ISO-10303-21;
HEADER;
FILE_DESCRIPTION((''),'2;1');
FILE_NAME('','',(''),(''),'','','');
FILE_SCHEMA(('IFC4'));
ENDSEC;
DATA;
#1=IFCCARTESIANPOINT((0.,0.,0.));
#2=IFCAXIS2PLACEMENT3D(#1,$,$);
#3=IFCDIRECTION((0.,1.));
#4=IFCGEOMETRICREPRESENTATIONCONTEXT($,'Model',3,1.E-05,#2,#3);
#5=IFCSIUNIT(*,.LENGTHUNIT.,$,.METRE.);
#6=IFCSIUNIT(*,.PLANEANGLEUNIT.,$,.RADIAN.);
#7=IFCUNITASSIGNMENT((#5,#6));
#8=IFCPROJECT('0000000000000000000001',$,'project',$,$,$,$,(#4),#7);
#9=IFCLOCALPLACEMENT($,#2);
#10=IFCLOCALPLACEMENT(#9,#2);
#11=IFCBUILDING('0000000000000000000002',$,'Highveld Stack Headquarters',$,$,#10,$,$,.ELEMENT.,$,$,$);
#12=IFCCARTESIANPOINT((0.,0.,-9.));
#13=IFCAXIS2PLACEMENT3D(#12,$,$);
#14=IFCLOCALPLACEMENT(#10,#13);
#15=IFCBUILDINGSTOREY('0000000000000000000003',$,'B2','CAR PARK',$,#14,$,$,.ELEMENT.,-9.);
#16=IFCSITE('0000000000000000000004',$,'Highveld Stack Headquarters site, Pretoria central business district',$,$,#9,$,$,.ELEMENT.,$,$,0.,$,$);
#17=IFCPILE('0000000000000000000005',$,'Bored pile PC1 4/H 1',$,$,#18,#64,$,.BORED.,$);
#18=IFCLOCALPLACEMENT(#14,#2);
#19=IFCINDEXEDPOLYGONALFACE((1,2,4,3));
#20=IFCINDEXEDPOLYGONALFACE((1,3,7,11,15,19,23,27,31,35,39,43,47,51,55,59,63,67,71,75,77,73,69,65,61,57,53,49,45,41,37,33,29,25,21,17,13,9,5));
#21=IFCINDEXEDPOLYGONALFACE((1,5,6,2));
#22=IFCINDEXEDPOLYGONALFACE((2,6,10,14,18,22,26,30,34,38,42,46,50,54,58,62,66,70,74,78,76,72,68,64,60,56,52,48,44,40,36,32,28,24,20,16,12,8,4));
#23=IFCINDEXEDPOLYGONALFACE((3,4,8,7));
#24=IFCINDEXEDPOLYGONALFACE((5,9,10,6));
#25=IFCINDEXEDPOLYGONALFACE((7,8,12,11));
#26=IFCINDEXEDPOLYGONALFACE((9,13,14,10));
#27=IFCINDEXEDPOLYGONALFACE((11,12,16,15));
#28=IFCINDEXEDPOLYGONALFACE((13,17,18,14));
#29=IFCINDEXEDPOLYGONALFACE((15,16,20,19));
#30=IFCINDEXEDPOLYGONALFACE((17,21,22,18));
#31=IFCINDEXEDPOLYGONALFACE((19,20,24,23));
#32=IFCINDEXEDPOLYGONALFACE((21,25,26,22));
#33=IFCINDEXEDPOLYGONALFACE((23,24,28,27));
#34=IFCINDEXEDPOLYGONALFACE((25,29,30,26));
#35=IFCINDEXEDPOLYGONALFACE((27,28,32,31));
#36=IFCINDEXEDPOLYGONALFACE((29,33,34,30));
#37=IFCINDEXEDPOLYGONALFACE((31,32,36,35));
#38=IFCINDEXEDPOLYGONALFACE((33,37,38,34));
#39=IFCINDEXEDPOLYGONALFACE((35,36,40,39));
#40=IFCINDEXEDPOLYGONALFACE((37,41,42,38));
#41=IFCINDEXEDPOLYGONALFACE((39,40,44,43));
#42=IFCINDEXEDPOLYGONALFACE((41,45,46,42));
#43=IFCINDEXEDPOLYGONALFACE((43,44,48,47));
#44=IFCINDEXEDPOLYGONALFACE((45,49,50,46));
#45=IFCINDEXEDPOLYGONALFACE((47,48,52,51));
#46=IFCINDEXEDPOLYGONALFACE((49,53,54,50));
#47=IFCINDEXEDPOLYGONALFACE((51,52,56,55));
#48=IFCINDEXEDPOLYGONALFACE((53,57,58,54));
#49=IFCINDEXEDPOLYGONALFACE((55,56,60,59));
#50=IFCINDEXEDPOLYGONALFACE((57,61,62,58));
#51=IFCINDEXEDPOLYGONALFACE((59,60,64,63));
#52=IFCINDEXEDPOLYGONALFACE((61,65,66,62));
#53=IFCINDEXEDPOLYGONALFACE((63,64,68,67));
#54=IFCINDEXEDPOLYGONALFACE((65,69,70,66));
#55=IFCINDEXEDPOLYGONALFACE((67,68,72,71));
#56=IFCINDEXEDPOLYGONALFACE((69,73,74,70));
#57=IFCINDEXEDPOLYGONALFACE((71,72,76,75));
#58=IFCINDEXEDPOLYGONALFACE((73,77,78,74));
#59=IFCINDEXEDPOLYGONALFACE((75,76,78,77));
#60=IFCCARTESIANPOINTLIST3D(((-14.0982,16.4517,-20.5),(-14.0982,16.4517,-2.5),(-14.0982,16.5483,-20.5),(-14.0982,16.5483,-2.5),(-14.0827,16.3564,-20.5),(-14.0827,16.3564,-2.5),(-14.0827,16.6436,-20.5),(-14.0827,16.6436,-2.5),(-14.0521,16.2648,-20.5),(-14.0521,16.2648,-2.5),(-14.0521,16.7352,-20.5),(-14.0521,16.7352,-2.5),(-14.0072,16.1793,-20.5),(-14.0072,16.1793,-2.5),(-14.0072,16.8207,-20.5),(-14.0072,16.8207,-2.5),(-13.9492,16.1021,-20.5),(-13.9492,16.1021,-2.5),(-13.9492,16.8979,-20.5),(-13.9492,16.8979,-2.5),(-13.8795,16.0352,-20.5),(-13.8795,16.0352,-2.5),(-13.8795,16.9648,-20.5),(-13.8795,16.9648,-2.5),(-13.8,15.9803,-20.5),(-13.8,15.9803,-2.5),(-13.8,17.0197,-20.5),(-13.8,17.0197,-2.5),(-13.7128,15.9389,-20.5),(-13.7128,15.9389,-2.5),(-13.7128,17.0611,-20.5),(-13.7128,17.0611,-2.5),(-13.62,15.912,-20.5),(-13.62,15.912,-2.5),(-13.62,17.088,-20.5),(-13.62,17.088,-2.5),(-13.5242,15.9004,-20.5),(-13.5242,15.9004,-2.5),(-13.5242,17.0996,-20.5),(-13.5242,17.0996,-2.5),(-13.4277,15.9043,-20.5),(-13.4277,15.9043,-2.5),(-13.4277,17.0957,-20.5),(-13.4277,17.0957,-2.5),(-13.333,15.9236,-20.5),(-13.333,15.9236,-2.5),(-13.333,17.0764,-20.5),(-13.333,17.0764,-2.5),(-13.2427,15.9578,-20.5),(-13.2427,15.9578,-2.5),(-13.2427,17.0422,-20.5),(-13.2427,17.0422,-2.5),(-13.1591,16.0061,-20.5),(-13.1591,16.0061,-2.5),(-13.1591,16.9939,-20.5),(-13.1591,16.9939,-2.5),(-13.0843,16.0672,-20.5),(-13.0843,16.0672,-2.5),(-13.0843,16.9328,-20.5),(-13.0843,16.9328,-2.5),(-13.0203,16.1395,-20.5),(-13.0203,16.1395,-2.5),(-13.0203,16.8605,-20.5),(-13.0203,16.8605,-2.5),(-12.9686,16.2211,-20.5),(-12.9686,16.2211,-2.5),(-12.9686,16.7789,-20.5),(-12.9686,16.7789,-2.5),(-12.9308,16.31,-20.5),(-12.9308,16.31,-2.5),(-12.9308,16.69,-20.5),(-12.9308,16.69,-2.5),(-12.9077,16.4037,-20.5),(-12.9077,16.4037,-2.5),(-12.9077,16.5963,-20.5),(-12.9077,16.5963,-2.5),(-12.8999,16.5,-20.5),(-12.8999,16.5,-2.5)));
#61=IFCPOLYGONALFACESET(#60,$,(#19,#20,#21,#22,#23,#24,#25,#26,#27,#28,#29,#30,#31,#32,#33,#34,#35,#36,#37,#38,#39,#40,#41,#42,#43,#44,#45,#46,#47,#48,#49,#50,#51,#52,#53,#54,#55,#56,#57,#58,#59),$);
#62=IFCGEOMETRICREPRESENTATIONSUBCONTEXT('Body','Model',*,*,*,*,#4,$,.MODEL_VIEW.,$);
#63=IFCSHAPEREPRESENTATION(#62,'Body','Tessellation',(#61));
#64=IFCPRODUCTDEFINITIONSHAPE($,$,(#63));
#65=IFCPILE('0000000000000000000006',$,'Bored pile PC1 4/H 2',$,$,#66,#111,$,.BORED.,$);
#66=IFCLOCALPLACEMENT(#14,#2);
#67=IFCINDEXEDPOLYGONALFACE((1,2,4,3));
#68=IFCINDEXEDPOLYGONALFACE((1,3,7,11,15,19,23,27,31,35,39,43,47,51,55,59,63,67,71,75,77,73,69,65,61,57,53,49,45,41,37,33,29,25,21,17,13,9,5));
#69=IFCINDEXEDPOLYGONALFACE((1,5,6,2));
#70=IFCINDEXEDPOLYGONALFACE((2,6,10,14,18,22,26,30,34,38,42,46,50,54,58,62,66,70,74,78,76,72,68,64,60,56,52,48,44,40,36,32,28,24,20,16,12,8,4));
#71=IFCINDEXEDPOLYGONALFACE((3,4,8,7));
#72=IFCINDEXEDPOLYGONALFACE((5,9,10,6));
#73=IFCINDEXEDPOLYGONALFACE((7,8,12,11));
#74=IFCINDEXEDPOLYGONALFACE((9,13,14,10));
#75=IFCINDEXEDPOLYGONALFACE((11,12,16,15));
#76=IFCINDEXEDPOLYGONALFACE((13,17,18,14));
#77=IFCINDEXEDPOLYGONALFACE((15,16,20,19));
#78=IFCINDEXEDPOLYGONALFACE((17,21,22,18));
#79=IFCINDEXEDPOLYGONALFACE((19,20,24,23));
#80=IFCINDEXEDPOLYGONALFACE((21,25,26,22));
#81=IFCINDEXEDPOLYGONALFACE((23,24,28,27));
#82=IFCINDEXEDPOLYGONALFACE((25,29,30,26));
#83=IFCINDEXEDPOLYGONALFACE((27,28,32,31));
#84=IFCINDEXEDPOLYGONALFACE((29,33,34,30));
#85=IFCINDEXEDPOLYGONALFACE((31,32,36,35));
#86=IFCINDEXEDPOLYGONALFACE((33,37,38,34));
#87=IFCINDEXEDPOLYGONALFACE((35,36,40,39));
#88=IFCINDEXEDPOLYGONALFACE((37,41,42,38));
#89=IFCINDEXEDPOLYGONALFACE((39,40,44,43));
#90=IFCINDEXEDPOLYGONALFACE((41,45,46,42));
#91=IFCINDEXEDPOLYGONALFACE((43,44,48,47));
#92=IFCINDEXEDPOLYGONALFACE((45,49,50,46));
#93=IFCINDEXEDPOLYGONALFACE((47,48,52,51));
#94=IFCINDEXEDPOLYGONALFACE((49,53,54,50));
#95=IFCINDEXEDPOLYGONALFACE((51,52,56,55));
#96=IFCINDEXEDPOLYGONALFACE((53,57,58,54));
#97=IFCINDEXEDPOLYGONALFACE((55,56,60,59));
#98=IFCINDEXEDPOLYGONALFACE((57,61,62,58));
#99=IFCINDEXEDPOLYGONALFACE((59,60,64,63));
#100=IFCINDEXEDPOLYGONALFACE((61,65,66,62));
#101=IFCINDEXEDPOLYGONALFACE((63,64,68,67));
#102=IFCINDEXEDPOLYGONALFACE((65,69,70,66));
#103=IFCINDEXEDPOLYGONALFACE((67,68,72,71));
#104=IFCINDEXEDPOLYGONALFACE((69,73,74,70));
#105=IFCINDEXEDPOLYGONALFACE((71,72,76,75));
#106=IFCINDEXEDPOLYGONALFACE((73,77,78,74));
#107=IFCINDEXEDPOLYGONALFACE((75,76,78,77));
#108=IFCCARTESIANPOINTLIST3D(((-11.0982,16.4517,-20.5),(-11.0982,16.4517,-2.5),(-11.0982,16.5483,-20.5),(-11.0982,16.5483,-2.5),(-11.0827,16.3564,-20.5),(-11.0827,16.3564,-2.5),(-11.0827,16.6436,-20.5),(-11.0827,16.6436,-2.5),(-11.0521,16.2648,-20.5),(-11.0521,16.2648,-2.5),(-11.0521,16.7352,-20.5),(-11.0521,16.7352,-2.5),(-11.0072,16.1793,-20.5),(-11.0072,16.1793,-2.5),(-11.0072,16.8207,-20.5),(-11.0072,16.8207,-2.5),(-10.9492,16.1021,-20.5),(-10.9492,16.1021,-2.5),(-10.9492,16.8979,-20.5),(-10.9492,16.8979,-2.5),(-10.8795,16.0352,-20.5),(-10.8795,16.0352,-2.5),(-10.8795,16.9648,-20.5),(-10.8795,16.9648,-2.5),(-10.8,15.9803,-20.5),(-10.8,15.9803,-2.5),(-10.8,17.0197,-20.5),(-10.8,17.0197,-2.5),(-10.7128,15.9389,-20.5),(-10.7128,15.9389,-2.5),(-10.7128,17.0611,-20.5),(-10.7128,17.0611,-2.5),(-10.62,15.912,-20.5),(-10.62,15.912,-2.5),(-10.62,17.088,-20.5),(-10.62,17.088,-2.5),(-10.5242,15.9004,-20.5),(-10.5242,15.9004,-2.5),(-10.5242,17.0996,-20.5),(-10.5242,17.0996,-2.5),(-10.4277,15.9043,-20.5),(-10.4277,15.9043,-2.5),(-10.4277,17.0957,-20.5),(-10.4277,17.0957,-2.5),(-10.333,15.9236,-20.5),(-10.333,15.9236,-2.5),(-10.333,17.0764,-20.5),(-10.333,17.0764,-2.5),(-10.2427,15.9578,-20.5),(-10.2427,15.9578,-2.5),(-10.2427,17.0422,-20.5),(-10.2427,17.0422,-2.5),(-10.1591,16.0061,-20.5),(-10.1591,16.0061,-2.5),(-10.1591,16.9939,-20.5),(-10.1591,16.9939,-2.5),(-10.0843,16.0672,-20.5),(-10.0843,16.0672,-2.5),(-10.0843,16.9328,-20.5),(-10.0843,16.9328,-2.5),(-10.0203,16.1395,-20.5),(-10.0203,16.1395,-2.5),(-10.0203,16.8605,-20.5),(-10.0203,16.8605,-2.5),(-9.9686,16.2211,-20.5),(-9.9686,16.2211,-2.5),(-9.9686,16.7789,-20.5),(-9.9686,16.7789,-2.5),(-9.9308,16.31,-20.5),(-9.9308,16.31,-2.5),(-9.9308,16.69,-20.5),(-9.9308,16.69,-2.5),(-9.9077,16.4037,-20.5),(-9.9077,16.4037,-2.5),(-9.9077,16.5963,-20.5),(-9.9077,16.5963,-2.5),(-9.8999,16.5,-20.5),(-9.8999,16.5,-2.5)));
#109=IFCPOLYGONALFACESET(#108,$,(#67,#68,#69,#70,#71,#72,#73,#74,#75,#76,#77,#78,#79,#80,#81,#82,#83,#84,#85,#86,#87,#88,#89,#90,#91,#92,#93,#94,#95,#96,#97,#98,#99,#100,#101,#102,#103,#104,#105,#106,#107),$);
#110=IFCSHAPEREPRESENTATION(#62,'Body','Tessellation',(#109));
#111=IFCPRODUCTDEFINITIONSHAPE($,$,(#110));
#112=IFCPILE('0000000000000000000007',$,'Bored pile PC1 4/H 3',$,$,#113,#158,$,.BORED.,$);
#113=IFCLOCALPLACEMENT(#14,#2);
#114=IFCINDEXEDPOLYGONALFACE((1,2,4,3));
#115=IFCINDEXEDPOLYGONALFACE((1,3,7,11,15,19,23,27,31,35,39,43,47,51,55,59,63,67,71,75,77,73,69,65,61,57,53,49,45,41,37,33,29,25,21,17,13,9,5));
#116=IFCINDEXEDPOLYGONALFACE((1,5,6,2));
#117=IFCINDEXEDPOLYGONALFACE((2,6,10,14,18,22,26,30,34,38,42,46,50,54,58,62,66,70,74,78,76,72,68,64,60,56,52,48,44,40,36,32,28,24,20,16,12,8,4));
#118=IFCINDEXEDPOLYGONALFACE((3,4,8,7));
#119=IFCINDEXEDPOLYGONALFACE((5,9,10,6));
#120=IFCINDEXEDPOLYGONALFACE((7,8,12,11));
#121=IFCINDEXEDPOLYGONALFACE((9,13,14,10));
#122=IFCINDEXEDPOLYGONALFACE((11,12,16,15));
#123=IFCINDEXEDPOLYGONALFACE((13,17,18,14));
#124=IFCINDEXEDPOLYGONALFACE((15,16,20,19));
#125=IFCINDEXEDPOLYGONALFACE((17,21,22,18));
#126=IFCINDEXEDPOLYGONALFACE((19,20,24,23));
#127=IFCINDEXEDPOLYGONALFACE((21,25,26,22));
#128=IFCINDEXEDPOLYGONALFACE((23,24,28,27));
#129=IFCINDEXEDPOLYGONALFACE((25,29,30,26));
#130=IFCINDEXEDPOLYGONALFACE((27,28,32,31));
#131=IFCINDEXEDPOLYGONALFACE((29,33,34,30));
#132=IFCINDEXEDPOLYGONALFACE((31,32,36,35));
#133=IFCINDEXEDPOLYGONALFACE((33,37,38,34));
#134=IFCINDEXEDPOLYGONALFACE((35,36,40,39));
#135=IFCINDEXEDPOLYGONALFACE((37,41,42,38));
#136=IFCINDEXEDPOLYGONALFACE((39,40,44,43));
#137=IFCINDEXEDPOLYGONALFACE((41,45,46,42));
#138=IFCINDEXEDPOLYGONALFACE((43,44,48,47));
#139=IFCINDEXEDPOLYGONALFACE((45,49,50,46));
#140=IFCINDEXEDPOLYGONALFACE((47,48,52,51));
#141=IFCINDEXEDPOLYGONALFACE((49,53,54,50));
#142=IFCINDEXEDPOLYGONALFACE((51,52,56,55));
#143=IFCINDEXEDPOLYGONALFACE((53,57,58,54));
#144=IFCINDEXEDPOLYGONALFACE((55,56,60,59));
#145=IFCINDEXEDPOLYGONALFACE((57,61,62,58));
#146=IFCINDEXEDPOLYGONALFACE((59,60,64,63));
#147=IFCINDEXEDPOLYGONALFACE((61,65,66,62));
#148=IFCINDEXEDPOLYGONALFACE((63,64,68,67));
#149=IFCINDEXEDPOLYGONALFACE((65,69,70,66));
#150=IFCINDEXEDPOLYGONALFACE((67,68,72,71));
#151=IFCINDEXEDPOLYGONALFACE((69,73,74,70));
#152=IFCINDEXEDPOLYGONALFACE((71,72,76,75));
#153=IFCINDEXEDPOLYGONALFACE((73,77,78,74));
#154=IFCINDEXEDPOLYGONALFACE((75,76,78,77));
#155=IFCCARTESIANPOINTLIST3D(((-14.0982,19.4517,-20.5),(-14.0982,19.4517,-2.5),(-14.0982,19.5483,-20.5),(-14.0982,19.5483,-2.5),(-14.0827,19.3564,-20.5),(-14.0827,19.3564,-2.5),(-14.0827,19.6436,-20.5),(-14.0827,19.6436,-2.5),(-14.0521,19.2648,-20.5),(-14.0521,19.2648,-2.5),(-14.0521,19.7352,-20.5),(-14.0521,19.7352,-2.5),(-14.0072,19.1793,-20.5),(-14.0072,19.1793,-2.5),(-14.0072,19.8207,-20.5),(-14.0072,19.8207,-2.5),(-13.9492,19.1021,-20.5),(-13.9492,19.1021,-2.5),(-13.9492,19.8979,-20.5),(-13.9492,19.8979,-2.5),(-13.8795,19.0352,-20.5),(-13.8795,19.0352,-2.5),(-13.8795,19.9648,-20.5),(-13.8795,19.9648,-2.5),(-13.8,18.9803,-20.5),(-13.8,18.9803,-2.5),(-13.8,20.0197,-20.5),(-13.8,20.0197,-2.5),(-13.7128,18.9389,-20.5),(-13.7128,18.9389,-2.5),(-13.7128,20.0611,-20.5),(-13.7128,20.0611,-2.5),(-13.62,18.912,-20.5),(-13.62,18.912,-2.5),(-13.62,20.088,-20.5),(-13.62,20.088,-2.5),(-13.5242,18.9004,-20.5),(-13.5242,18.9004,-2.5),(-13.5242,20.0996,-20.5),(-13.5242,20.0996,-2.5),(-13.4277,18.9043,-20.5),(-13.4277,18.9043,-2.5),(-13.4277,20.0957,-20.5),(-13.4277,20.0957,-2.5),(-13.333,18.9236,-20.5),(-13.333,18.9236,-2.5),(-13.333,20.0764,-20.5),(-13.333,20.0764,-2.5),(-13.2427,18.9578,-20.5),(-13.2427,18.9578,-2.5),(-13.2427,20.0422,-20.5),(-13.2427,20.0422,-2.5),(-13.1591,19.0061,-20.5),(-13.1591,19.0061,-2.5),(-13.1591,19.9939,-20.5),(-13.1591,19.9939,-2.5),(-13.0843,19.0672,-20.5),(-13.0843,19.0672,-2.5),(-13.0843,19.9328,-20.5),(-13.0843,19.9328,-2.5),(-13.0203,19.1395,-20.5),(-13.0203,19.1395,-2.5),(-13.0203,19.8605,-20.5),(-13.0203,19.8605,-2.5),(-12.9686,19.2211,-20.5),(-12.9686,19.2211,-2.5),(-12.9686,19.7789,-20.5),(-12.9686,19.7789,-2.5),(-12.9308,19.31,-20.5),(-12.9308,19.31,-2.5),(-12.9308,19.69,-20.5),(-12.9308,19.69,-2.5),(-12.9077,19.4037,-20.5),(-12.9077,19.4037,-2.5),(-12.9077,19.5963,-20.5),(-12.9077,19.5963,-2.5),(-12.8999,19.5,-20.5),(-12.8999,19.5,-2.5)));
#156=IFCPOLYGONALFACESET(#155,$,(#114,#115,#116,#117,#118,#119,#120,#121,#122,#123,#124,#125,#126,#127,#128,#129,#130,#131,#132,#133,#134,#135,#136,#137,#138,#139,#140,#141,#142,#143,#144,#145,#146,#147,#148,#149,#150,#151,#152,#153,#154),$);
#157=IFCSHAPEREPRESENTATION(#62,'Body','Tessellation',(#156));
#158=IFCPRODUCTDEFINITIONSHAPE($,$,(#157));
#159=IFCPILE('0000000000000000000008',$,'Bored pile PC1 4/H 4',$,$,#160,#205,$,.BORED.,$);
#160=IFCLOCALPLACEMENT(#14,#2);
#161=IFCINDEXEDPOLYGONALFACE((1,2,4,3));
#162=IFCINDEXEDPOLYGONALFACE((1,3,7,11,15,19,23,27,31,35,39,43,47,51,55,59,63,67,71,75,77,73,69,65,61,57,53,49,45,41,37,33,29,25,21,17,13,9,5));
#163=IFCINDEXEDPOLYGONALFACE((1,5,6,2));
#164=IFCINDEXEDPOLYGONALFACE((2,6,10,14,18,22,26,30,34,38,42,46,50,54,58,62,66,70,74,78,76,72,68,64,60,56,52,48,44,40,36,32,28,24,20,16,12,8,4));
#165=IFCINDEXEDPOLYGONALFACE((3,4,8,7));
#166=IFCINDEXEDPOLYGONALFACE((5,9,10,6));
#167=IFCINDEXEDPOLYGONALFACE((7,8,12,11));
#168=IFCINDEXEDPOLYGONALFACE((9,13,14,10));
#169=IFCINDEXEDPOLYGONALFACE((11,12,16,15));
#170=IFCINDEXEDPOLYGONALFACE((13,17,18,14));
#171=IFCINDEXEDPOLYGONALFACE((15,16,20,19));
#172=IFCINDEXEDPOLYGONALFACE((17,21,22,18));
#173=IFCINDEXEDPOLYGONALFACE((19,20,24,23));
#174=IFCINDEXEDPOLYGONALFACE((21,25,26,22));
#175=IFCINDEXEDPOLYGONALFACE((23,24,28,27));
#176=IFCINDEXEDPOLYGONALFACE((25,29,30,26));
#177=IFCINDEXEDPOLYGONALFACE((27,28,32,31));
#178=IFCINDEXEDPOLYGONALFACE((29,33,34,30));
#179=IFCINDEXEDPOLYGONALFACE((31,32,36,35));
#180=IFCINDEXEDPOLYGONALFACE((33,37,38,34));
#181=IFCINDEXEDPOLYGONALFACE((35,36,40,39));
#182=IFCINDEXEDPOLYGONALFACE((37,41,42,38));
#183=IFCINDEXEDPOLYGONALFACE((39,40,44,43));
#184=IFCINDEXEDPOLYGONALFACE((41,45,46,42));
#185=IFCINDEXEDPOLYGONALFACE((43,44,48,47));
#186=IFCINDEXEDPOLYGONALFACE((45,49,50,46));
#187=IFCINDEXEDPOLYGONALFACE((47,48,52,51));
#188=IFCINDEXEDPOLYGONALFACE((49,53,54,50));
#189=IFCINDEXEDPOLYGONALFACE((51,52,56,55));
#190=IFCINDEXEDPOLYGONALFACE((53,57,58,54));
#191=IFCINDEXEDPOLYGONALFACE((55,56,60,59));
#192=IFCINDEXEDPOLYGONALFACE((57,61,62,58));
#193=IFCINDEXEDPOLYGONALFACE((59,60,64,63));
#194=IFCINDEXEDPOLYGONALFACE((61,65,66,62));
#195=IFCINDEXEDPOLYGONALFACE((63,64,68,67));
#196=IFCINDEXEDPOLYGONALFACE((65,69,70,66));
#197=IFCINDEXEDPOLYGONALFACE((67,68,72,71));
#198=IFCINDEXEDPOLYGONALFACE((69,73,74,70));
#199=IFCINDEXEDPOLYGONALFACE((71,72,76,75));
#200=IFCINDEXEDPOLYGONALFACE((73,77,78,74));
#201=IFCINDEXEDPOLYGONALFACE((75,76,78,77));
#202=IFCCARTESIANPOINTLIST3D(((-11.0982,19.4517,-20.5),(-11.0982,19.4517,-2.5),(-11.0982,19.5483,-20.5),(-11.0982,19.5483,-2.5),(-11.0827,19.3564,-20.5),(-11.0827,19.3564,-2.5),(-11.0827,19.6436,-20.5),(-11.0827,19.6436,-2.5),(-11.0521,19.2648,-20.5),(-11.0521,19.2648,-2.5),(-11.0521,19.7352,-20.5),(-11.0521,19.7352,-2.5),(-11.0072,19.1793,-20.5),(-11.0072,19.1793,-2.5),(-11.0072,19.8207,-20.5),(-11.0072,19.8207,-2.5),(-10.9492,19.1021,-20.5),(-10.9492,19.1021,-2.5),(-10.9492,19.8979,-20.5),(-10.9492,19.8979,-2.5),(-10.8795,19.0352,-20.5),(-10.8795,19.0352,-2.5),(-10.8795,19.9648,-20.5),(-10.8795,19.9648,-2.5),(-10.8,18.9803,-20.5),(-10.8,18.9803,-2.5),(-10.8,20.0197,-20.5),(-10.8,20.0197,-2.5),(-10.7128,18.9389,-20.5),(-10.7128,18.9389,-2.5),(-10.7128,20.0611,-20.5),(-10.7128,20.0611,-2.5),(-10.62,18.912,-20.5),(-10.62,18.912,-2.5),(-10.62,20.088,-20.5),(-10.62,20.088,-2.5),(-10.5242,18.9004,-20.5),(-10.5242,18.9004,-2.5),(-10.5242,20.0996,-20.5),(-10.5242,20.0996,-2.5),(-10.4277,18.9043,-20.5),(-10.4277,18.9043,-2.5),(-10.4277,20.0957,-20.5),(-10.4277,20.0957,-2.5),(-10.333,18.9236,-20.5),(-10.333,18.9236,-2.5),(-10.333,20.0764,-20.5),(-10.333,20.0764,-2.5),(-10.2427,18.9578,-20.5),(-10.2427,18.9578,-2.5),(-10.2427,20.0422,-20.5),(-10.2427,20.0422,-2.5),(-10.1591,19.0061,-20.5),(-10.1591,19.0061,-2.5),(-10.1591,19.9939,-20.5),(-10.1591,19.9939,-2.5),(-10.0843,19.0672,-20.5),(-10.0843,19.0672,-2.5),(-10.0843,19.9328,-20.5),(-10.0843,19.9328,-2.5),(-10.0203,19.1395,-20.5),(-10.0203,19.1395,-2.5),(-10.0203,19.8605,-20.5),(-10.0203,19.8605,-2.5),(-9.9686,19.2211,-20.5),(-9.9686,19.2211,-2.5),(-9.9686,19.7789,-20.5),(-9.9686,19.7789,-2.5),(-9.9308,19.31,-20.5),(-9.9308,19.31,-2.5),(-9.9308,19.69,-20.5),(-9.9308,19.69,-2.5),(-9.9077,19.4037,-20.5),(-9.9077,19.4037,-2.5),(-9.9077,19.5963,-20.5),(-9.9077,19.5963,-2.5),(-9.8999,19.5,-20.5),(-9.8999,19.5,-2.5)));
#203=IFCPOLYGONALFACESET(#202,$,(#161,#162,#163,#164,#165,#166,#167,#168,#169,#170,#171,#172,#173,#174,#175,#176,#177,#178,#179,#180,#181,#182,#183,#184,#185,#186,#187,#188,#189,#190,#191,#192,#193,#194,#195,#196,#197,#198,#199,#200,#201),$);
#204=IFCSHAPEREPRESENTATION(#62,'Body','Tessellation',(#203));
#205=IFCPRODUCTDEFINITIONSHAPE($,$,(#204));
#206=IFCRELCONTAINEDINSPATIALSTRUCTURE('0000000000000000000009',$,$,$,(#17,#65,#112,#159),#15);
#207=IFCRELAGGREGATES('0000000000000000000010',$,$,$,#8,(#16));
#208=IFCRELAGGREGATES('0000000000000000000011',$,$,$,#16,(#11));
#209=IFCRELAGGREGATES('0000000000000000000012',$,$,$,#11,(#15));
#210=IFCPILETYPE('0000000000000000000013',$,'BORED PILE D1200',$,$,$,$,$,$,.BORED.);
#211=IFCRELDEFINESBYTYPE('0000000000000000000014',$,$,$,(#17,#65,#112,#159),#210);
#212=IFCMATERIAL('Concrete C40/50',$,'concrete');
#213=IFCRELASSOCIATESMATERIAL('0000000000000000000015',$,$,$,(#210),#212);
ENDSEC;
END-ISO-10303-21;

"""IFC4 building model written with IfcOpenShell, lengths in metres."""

from ifc_helpers import new_model, si_unit, direction, frame, origin, origin_2d, place, context, subcontext, project, spatial, circle, extrude, material, type_object, element, save


model = new_model("IFC4")

# Units and contexts
model_context = context("Model", 3, precision=1e-05, world=origin(), true_north=direction((0.0, 1.0)))
body_context = subcontext(model_context, "Body", "Model", "MODEL_VIEW")
ifc_project = project(units=[si_unit("LENGTHUNIT", "METRE"), si_unit("PLANEANGLEUNIT", "RADIAN")], contexts=[model_context])

# Site, building, storey
site_placement = place(None, origin())
site = spatial("IfcSite", under=ifc_project, at=site_placement, Name="Highveld Stack Headquarters site, Pretoria central business district", CompositionType="ELEMENT", RefElevation=0.0)
building_placement = place(site_placement, origin())
building = spatial("IfcBuilding", under=site, at=building_placement, Name="Highveld Stack Headquarters", CompositionType="ELEMENT")
storey_placement = place(building_placement, frame((0.0, 0.0, -9.0)))
storey = spatial("IfcBuildingStorey", under=building, at=storey_placement, Name="B2", Description="CAR PARK", CompositionType="ELEMENT", Elevation=-9.0)

# Piles
ifc_material_1 = material(Name="Concrete C40/50", Category="concrete")
pile_type_1 = type_object("IfcPileType", Name="BORED PILE D1200", PredefinedType="BORED", material=ifc_material_1)
for number, where, z_axis, x_axis, name in (
    (1, (-13.5, 16.5, -2.5), (0.0, 0.0, -1.0), (1.0, 0.0, 0.0), "Bored pile PC1 4/H 1"),
    (2, (-10.5, 16.5, -2.5), (0.0, 0.0, -1.0), (1.0, 0.0, 0.0), "Bored pile PC1 4/H 2"),
    (3, (-13.5, 19.5, -2.5), (0.0, 0.0, -1.0), (1.0, 0.0, 0.0), "Bored pile PC1 4/H 3"),
    (4, (-10.5, 19.5, -2.5), (0.0, 0.0, -1.0), (1.0, 0.0, 0.0), "Bored pile PC1 4/H 4"),
):
    element("IfcPile", number, at=place(storey_placement, frame(where, z_axis=z_axis, x_axis=x_axis)), inside=storey, type_object=pile_type_1, Name=name, PredefinedType="BORED", context=body_context, shape_type="SweptSolid", body=[
        extrude(circle(Radius=0.6001, at=origin_2d()), origin(), (0.0, 0.0, 1.0), 18.0),
    ])

save(model, "model.ifc")
